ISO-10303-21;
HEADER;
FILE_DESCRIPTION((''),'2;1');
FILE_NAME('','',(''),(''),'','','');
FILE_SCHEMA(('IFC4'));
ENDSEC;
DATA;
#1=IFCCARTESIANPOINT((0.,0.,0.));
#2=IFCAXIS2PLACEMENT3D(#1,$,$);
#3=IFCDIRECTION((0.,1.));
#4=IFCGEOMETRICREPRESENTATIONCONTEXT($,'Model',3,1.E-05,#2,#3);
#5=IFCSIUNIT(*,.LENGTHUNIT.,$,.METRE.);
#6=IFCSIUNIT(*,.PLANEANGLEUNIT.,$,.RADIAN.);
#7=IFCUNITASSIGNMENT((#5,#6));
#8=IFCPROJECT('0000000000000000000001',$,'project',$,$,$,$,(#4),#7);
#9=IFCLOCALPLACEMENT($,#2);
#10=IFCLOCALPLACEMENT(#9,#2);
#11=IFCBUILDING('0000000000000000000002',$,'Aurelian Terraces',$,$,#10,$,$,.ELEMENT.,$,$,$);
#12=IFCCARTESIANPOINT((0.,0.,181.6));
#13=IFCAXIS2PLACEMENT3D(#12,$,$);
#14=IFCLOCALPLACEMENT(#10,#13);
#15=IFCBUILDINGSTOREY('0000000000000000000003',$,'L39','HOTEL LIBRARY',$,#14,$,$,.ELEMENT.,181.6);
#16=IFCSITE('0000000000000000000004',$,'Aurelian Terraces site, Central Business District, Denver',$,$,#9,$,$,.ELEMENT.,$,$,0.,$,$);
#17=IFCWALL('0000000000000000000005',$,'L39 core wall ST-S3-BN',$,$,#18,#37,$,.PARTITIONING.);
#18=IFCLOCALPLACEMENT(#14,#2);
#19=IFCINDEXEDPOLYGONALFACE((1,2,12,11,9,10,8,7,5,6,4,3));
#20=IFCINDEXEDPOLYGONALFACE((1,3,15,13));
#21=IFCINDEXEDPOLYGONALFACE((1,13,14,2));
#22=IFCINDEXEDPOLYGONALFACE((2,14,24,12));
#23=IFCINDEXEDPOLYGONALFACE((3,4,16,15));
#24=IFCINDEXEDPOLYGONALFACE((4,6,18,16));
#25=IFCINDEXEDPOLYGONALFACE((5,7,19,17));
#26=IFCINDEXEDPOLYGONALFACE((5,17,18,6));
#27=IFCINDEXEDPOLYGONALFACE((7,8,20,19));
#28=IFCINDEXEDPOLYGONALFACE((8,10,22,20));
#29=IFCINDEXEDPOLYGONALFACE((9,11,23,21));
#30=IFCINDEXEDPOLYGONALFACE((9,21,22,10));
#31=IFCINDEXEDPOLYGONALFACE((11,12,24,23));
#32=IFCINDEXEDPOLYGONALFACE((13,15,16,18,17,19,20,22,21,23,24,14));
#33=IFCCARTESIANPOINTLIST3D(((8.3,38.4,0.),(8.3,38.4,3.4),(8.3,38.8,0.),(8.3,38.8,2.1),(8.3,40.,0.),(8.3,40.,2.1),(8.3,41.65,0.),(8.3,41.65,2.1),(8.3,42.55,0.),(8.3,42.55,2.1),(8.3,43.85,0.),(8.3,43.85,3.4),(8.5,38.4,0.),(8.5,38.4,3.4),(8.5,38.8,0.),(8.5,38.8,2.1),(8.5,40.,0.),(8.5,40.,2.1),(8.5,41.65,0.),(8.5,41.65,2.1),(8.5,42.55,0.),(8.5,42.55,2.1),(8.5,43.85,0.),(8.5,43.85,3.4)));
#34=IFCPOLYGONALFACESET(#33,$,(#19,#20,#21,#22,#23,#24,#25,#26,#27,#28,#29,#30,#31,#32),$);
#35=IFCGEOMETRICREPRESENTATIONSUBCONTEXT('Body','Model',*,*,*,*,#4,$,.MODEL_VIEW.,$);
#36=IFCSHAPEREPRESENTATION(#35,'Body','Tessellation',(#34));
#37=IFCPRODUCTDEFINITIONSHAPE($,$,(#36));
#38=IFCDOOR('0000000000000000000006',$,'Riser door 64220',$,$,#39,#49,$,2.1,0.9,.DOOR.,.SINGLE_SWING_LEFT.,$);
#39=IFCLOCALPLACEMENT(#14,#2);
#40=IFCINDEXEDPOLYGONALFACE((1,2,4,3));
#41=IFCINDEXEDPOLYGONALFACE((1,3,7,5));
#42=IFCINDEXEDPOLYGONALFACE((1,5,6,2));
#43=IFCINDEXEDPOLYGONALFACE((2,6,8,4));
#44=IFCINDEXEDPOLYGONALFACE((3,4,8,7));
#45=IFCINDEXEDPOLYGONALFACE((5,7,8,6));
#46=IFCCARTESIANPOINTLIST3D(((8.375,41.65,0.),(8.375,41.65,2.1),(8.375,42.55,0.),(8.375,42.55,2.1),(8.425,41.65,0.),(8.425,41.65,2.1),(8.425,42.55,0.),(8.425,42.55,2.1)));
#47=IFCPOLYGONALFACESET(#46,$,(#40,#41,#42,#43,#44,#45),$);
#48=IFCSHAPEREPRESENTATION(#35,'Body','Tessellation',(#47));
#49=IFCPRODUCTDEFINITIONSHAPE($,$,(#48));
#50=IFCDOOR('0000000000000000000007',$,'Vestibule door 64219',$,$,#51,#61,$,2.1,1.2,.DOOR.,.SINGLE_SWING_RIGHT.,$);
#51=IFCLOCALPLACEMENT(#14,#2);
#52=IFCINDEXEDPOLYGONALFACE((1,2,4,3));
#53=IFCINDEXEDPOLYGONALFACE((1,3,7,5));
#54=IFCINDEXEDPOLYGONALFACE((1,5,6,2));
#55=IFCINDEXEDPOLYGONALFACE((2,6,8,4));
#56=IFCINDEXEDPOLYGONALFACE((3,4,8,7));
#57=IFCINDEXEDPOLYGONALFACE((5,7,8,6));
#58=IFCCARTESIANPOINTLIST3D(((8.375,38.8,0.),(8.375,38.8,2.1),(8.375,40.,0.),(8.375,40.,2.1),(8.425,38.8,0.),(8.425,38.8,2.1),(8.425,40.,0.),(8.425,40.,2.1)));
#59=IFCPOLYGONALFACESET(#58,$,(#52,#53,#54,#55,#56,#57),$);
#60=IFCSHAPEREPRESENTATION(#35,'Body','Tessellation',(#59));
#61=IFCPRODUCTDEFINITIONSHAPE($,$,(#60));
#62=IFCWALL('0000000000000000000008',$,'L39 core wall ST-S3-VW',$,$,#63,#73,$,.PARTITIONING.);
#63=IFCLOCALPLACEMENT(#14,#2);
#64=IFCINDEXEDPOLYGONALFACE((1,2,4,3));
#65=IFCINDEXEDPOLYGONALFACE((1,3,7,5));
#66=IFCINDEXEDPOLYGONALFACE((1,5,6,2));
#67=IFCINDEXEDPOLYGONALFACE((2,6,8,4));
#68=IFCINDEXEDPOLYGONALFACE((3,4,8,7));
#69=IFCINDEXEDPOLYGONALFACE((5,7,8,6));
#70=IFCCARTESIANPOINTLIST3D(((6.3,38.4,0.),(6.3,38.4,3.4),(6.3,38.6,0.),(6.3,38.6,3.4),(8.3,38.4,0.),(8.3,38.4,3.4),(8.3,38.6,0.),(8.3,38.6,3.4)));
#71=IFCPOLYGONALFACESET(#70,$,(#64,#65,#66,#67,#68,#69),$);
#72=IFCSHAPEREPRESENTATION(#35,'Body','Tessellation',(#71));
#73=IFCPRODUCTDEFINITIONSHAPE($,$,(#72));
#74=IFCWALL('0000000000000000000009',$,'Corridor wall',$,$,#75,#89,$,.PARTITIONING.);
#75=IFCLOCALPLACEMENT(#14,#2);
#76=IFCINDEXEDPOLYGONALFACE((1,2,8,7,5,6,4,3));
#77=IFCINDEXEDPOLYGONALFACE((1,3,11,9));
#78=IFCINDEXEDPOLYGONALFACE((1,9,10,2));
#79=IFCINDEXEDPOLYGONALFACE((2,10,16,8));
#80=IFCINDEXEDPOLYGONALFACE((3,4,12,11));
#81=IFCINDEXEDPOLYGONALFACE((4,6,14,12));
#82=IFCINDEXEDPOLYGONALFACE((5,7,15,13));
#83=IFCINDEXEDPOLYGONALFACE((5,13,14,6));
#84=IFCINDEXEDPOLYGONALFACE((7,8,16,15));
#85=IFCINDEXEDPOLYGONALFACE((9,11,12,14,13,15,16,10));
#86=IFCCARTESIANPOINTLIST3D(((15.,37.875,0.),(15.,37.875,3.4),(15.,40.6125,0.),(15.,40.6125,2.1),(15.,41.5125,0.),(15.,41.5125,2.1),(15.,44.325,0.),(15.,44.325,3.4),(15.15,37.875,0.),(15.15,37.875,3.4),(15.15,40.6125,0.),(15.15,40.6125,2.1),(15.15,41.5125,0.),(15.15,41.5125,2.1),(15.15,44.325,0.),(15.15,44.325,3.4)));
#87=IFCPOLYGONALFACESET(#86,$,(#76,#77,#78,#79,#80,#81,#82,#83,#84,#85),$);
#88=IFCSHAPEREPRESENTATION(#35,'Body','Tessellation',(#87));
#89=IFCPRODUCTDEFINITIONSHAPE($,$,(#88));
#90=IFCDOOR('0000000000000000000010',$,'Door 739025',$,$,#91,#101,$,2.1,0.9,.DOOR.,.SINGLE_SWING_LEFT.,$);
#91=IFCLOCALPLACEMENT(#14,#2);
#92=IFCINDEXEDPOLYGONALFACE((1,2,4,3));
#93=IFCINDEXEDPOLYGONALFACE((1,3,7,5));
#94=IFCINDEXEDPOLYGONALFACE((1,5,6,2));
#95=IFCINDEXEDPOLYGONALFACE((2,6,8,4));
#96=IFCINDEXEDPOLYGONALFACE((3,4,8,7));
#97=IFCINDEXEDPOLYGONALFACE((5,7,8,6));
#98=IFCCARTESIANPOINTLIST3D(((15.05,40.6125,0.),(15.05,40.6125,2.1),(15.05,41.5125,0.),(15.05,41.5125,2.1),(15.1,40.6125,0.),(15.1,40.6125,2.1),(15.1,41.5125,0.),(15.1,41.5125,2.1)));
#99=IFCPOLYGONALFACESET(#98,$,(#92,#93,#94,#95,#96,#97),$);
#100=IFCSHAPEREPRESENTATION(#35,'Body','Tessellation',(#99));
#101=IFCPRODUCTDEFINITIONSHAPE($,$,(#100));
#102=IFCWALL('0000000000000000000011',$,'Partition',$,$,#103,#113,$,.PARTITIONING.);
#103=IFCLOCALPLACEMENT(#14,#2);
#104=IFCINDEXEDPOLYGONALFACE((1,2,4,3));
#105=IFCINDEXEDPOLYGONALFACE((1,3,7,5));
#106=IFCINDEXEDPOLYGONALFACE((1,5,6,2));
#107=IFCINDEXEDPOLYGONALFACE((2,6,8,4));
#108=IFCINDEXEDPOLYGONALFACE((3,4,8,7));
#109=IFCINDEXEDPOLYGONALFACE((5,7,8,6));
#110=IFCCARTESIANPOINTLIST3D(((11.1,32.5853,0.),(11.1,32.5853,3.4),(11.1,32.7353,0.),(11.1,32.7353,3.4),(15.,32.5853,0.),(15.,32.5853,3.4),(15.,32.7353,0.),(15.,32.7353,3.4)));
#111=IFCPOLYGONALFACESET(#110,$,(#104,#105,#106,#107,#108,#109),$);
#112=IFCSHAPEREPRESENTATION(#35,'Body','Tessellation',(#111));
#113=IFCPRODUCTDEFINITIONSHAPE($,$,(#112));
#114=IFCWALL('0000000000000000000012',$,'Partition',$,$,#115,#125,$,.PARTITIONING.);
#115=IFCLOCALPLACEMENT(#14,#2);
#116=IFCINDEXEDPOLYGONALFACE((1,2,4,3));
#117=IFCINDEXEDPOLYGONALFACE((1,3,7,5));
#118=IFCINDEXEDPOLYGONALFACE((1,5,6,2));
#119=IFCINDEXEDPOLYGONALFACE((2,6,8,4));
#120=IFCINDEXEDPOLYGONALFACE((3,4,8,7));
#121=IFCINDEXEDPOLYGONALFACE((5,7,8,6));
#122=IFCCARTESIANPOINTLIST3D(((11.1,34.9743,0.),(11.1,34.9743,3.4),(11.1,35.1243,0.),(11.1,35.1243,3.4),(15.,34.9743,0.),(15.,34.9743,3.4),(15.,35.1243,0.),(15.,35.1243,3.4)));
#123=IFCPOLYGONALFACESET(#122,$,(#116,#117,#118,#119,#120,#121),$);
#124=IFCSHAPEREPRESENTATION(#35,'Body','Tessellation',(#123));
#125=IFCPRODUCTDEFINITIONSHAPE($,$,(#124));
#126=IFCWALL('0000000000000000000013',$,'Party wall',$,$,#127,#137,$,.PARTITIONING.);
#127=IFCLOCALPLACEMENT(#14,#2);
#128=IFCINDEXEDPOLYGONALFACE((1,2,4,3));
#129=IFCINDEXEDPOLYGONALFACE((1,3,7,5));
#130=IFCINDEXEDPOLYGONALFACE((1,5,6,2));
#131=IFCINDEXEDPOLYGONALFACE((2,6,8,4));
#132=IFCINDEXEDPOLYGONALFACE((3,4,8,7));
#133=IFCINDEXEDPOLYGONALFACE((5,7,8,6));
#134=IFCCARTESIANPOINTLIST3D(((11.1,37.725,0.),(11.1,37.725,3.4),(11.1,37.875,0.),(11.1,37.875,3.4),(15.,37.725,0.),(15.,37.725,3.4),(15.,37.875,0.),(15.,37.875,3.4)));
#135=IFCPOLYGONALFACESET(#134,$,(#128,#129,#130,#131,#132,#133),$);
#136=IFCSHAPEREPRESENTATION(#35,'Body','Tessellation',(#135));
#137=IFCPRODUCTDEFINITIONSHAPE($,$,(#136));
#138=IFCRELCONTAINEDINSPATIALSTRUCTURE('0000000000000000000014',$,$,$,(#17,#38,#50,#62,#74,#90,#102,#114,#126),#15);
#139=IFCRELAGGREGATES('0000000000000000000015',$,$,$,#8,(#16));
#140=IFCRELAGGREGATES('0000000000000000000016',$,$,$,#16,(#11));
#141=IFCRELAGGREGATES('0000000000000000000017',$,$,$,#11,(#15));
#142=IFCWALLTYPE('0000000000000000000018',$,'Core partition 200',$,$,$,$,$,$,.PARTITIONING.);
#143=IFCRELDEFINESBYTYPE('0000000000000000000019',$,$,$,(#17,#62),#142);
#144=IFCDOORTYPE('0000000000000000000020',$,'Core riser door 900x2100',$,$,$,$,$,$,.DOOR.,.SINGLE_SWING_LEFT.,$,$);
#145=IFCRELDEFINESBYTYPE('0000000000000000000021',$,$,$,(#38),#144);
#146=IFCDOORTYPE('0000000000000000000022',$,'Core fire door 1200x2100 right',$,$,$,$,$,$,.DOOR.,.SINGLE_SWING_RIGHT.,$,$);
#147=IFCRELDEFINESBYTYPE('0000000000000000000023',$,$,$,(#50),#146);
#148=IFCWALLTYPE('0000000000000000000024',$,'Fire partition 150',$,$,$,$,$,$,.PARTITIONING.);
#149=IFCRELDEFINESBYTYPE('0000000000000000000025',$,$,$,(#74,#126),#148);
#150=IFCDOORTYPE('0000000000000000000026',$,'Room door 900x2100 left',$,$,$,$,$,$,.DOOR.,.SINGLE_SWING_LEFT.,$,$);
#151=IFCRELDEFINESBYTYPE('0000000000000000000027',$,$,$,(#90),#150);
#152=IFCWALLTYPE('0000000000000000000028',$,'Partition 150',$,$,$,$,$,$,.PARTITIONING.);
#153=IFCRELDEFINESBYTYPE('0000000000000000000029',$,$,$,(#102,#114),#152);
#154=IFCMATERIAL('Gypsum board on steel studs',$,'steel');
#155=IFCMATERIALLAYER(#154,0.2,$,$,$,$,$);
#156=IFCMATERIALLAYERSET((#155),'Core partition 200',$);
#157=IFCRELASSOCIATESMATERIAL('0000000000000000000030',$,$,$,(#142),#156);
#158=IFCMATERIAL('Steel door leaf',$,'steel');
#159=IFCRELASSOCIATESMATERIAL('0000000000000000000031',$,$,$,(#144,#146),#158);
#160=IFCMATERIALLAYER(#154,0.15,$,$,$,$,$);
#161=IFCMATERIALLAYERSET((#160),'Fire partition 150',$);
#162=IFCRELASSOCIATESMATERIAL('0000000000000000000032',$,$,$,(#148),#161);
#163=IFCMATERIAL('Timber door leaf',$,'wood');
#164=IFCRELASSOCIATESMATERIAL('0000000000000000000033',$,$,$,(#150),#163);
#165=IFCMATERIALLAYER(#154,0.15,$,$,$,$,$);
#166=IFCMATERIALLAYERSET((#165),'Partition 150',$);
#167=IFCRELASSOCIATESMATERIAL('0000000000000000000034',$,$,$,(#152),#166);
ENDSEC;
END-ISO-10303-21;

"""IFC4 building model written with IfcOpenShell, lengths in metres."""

from ifc_helpers import new_model, si_unit, direction, frame, frame_2d, origin, place, context, subcontext, project, spatial, rectangle, extrude, source, transform, mapped, material, layer, layer_set, type_object, element, fill, save


model = new_model("IFC4")

# Units and contexts
model_context = context("Model", 3, precision=1e-05, world=origin(), true_north=direction((0.0, 1.0)))
body_context = subcontext(model_context, "Body", "Model", "MODEL_VIEW")
ifc_project = project(units=[si_unit("LENGTHUNIT", "METRE"), si_unit("PLANEANGLEUNIT", "RADIAN")], contexts=[model_context])

# Site, building, storey
site_placement = place(None, origin())
site = spatial("IfcSite", under=ifc_project, at=site_placement, Name="Aurelian Terraces site, Central Business District, Denver", CompositionType="ELEMENT", RefElevation=0.0)
building_placement = place(site_placement, origin())
building = spatial("IfcBuilding", under=site, at=building_placement, Name="Aurelian Terraces", CompositionType="ELEMENT")
storey_placement = place(building_placement, frame((0.0, 0.0, 181.6)))
storey = spatial("IfcBuildingStorey", under=building, at=storey_placement, Name="L39", Description="HOTEL LIBRARY", CompositionType="ELEMENT", Elevation=181.6)

# Wall, openings, doors
ifc_material_1 = material(Name="Gypsum board on steel studs", Category="steel")
ifc_layer_1 = layer(ifc_material_1, 0.2)
ifc_layer_set_1 = layer_set([ifc_layer_1], Name="Core partition 200")
wall_type_1 = type_object("IfcWallType", Name="Core partition 200", PredefinedType="PARTITIONING", material=ifc_layer_set_1)
shared_shape_1 = source(origin(), body_context, "Body", "SweptSolid", [
    extrude(rectangle(XDim=5.45, YDim=0.2, at=frame_2d((2.725, 0.0))), origin(), (0.0, 0.0, 1.0), 3.4),
])
wall_1_placement = place(storey_placement, frame((8.4, 38.4, 0.0), z_axis=(0.0, 0.0, 1.0), x_axis=(0.0, 1.0, 0.0)))
wall_1 = element("IfcWall", 1, at=wall_1_placement, inside=storey, type_object=wall_type_1, Name="L39 core wall ST-S3-BN", PredefinedType="PARTITIONING", context=body_context, shape_type="MappedRepresentation", body=[
    mapped(shared_shape_1, transform((0.0, 0.0, 0.0), scale=1.0)),
])
shared_shape_2 = source(origin(), body_context, "Body", "SweptSolid", [
    extrude(rectangle(XDim=1.2, YDim=2.1, at=frame_2d((0.6, 1.05))), frame((0.0, 0.11, 0.0), z_axis=(0.0, -1.0, 0.0), x_axis=(1.0, 0.0, 0.0)), (0.0, 0.0, 1.0), 0.22),
])
opening_1_placement = place(wall_1_placement, frame((0.4, 0.0, 0.0)))
opening_1 = element("IfcOpeningElement", 2, at=opening_1_placement, cuts=wall_1, PredefinedType="OPENING", context=body_context, shape_type="MappedRepresentation", body=[
    mapped(shared_shape_2, transform((0.0, 0.0, 0.0), scale=1.0)),
])
shared_shape_3 = source(origin(), body_context, "Body", "SweptSolid", [
    extrude(rectangle(XDim=0.9, YDim=2.1, at=frame_2d((0.45, 1.05))), frame((0.0, 0.11, 0.0), z_axis=(0.0, -1.0, 0.0), x_axis=(1.0, 0.0, 0.0)), (0.0, 0.0, 1.0), 0.22),
])
opening_2_placement = place(wall_1_placement, frame((3.25, 0.0, 0.0)))
opening_2 = element("IfcOpeningElement", 3, at=opening_2_placement, cuts=wall_1, PredefinedType="OPENING", context=body_context, shape_type="MappedRepresentation", body=[
    mapped(shared_shape_3, transform((0.0, 0.0, 0.0), scale=1.0)),
])
ifc_material_2 = material(Name="Steel door leaf", Category="steel")
door_type_1 = type_object("IfcDoorType", Name="Core riser door 900x2100", OperationType="SINGLE_SWING_LEFT", PredefinedType="DOOR", material=ifc_material_2)
shared_shape_4 = source(origin(), body_context, "Body", "SweptSolid", [
    extrude(rectangle(XDim=0.9, YDim=2.1, at=frame_2d((0.45, 1.05))), frame((0.0, 0.025, 0.0), z_axis=(0.0, -1.0, 0.0), x_axis=(1.0, 0.0, 0.0)), (0.0, 0.0, 1.0), 0.05),
])
door_1_placement = place(opening_2_placement, origin())
door_1 = element("IfcDoor", 4, at=door_1_placement, inside=storey, type_object=door_type_1, Name="Riser door 64220", OperationType="SINGLE_SWING_LEFT", OverallHeight=2.1, OverallWidth=0.9, PredefinedType="DOOR", context=body_context, shape_type="MappedRepresentation", body=[
    mapped(shared_shape_4, transform((0.0, 0.0, 0.0), scale=1.0)),
])
fill(opening_2, door_1)
door_type_2 = type_object("IfcDoorType", Name="Core fire door 1200x2100 right", OperationType="SINGLE_SWING_RIGHT", PredefinedType="DOOR", material=ifc_material_2)
shared_shape_5 = source(origin(), body_context, "Body", "SweptSolid", [
    extrude(rectangle(XDim=1.2, YDim=2.1, at=frame_2d((0.6, 1.05))), frame((0.0, 0.025, 0.0), z_axis=(0.0, -1.0, 0.0), x_axis=(1.0, 0.0, 0.0)), (0.0, 0.0, 1.0), 0.05),
])
door_2_placement = place(opening_1_placement, origin())
door_2 = element("IfcDoor", 5, at=door_2_placement, inside=storey, type_object=door_type_2, Name="Vestibule door 64219", OperationType="SINGLE_SWING_RIGHT", OverallHeight=2.1, OverallWidth=1.2, PredefinedType="DOOR", context=body_context, shape_type="MappedRepresentation", body=[
    mapped(shared_shape_5, transform((0.0, 0.0, 0.0), scale=1.0)),
])
fill(opening_1, door_2)

# Wall
shared_shape_6 = source(origin(), body_context, "Body", "SweptSolid", [
    extrude(rectangle(XDim=2.0, YDim=0.2, at=frame_2d((1.0, 0.0))), origin(), (0.0, 0.0, 1.0), 3.4),
])
wall_2_placement = place(storey_placement, frame((6.3, 38.5, 0.0), z_axis=(0.0, 0.0, 1.0), x_axis=(1.0, 0.0, 0.0)))
element("IfcWall", 6, at=wall_2_placement, inside=storey, type_object=wall_type_1, Name="L39 core wall ST-S3-VW", PredefinedType="PARTITIONING", context=body_context, shape_type="MappedRepresentation", body=[
    mapped(shared_shape_6, transform((0.0, 0.0, 0.0), scale=1.0)),
])

# Wall, opening, door
ifc_layer_2 = layer(ifc_material_1, 0.15)
ifc_layer_set_2 = layer_set([ifc_layer_2], Name="Fire partition 150")
wall_type_2 = type_object("IfcWallType", Name="Fire partition 150", PredefinedType="PARTITIONING", material=ifc_layer_set_2)
shared_shape_7 = source(origin(), body_context, "Body", "SweptSolid", [
    extrude(rectangle(XDim=6.45, YDim=0.15, at=frame_2d((3.225, 0.0))), origin(), (0.0, 0.0, 1.0), 3.4),
])
wall_3_placement = place(storey_placement, frame((15.075, 37.875, 0.0), z_axis=(0.0, 0.0, 1.0), x_axis=(0.0, 1.0, 0.0)))
wall_3 = element("IfcWall", 7, at=wall_3_placement, inside=storey, type_object=wall_type_2, Name="Corridor wall", PredefinedType="PARTITIONING", context=body_context, shape_type="MappedRepresentation", body=[
    mapped(shared_shape_7, transform((0.0, 0.0, 0.0), scale=1.0)),
])
shared_shape_8 = source(origin(), body_context, "Body", "SweptSolid", [
    extrude(rectangle(XDim=0.9, YDim=2.1, at=frame_2d((0.45, 1.05))), frame((0.0, 0.085, 0.0), z_axis=(0.0, -1.0, 0.0), x_axis=(1.0, 0.0, 0.0)), (0.0, 0.0, 1.0), 0.17),
])
opening_3_placement = place(wall_3_placement, frame((2.7375, 0.0, 0.0)))
opening_3 = element("IfcOpeningElement", 8, at=opening_3_placement, cuts=wall_3, PredefinedType="OPENING", context=body_context, shape_type="MappedRepresentation", body=[
    mapped(shared_shape_8, transform((0.0, 0.0, 0.0), scale=1.0)),
])
ifc_material_3 = material(Name="Timber door leaf", Category="wood")
door_type_3 = type_object("IfcDoorType", Name="Room door 900x2100 left", OperationType="SINGLE_SWING_LEFT", PredefinedType="DOOR", material=ifc_material_3)
door_3_placement = place(opening_3_placement, origin())
door_3 = element("IfcDoor", 9, at=door_3_placement, inside=storey, type_object=door_type_3, Name="Door 739025", OperationType="SINGLE_SWING_LEFT", OverallHeight=2.1, OverallWidth=0.9, PredefinedType="DOOR", context=body_context, shape_type="MappedRepresentation", body=[
    mapped(shared_shape_4, transform((0.0, 0.0, 0.0), scale=1.0)),
])
fill(opening_3, door_3)

# Walls
ifc_layer_3 = layer(ifc_material_1, 0.15)
ifc_layer_set_3 = layer_set([ifc_layer_3], Name="Partition 150")
wall_type_3 = type_object("IfcWallType", Name="Partition 150", PredefinedType="PARTITIONING", material=ifc_layer_set_3)
shared_shape_9 = source(origin(), body_context, "Body", "SweptSolid", [
    extrude(rectangle(XDim=3.9, YDim=0.15, at=frame_2d((1.95, 0.0))), origin(), (0.0, 0.0, 1.0), 3.4),
])
for number, where, z_axis, x_axis, name in (
    (10, (15.0, 32.6603, 0.0), (0.0, 0.0, 1.0), (-1.0, 0.0, 0.0), "Partition"),
    (11, (15.0, 35.0493, 0.0), (0.0, 0.0, 1.0), (-1.0, 0.0, 0.0), "Partition"),
):
    element("IfcWall", number, at=place(storey_placement, frame(where, z_axis=z_axis, x_axis=x_axis)), inside=storey, type_object=wall_type_3, Name=name, PredefinedType="PARTITIONING", context=body_context, shape_type="MappedRepresentation", body=[
        mapped(shared_shape_9, transform((0.0, 0.0, 0.0), scale=1.0)),
    ])
wall_4_placement = place(storey_placement, frame((15.0, 37.8, 0.0), z_axis=(0.0, 0.0, 1.0), x_axis=(-1.0, 0.0, 0.0)))
element("IfcWall", 12, at=wall_4_placement, inside=storey, type_object=wall_type_2, Name="Party wall", PredefinedType="PARTITIONING", context=body_context, shape_type="MappedRepresentation", body=[
    mapped(shared_shape_9, transform((0.0, 0.0, 0.0), scale=1.0)),
])

save(model, "model.ifc")
